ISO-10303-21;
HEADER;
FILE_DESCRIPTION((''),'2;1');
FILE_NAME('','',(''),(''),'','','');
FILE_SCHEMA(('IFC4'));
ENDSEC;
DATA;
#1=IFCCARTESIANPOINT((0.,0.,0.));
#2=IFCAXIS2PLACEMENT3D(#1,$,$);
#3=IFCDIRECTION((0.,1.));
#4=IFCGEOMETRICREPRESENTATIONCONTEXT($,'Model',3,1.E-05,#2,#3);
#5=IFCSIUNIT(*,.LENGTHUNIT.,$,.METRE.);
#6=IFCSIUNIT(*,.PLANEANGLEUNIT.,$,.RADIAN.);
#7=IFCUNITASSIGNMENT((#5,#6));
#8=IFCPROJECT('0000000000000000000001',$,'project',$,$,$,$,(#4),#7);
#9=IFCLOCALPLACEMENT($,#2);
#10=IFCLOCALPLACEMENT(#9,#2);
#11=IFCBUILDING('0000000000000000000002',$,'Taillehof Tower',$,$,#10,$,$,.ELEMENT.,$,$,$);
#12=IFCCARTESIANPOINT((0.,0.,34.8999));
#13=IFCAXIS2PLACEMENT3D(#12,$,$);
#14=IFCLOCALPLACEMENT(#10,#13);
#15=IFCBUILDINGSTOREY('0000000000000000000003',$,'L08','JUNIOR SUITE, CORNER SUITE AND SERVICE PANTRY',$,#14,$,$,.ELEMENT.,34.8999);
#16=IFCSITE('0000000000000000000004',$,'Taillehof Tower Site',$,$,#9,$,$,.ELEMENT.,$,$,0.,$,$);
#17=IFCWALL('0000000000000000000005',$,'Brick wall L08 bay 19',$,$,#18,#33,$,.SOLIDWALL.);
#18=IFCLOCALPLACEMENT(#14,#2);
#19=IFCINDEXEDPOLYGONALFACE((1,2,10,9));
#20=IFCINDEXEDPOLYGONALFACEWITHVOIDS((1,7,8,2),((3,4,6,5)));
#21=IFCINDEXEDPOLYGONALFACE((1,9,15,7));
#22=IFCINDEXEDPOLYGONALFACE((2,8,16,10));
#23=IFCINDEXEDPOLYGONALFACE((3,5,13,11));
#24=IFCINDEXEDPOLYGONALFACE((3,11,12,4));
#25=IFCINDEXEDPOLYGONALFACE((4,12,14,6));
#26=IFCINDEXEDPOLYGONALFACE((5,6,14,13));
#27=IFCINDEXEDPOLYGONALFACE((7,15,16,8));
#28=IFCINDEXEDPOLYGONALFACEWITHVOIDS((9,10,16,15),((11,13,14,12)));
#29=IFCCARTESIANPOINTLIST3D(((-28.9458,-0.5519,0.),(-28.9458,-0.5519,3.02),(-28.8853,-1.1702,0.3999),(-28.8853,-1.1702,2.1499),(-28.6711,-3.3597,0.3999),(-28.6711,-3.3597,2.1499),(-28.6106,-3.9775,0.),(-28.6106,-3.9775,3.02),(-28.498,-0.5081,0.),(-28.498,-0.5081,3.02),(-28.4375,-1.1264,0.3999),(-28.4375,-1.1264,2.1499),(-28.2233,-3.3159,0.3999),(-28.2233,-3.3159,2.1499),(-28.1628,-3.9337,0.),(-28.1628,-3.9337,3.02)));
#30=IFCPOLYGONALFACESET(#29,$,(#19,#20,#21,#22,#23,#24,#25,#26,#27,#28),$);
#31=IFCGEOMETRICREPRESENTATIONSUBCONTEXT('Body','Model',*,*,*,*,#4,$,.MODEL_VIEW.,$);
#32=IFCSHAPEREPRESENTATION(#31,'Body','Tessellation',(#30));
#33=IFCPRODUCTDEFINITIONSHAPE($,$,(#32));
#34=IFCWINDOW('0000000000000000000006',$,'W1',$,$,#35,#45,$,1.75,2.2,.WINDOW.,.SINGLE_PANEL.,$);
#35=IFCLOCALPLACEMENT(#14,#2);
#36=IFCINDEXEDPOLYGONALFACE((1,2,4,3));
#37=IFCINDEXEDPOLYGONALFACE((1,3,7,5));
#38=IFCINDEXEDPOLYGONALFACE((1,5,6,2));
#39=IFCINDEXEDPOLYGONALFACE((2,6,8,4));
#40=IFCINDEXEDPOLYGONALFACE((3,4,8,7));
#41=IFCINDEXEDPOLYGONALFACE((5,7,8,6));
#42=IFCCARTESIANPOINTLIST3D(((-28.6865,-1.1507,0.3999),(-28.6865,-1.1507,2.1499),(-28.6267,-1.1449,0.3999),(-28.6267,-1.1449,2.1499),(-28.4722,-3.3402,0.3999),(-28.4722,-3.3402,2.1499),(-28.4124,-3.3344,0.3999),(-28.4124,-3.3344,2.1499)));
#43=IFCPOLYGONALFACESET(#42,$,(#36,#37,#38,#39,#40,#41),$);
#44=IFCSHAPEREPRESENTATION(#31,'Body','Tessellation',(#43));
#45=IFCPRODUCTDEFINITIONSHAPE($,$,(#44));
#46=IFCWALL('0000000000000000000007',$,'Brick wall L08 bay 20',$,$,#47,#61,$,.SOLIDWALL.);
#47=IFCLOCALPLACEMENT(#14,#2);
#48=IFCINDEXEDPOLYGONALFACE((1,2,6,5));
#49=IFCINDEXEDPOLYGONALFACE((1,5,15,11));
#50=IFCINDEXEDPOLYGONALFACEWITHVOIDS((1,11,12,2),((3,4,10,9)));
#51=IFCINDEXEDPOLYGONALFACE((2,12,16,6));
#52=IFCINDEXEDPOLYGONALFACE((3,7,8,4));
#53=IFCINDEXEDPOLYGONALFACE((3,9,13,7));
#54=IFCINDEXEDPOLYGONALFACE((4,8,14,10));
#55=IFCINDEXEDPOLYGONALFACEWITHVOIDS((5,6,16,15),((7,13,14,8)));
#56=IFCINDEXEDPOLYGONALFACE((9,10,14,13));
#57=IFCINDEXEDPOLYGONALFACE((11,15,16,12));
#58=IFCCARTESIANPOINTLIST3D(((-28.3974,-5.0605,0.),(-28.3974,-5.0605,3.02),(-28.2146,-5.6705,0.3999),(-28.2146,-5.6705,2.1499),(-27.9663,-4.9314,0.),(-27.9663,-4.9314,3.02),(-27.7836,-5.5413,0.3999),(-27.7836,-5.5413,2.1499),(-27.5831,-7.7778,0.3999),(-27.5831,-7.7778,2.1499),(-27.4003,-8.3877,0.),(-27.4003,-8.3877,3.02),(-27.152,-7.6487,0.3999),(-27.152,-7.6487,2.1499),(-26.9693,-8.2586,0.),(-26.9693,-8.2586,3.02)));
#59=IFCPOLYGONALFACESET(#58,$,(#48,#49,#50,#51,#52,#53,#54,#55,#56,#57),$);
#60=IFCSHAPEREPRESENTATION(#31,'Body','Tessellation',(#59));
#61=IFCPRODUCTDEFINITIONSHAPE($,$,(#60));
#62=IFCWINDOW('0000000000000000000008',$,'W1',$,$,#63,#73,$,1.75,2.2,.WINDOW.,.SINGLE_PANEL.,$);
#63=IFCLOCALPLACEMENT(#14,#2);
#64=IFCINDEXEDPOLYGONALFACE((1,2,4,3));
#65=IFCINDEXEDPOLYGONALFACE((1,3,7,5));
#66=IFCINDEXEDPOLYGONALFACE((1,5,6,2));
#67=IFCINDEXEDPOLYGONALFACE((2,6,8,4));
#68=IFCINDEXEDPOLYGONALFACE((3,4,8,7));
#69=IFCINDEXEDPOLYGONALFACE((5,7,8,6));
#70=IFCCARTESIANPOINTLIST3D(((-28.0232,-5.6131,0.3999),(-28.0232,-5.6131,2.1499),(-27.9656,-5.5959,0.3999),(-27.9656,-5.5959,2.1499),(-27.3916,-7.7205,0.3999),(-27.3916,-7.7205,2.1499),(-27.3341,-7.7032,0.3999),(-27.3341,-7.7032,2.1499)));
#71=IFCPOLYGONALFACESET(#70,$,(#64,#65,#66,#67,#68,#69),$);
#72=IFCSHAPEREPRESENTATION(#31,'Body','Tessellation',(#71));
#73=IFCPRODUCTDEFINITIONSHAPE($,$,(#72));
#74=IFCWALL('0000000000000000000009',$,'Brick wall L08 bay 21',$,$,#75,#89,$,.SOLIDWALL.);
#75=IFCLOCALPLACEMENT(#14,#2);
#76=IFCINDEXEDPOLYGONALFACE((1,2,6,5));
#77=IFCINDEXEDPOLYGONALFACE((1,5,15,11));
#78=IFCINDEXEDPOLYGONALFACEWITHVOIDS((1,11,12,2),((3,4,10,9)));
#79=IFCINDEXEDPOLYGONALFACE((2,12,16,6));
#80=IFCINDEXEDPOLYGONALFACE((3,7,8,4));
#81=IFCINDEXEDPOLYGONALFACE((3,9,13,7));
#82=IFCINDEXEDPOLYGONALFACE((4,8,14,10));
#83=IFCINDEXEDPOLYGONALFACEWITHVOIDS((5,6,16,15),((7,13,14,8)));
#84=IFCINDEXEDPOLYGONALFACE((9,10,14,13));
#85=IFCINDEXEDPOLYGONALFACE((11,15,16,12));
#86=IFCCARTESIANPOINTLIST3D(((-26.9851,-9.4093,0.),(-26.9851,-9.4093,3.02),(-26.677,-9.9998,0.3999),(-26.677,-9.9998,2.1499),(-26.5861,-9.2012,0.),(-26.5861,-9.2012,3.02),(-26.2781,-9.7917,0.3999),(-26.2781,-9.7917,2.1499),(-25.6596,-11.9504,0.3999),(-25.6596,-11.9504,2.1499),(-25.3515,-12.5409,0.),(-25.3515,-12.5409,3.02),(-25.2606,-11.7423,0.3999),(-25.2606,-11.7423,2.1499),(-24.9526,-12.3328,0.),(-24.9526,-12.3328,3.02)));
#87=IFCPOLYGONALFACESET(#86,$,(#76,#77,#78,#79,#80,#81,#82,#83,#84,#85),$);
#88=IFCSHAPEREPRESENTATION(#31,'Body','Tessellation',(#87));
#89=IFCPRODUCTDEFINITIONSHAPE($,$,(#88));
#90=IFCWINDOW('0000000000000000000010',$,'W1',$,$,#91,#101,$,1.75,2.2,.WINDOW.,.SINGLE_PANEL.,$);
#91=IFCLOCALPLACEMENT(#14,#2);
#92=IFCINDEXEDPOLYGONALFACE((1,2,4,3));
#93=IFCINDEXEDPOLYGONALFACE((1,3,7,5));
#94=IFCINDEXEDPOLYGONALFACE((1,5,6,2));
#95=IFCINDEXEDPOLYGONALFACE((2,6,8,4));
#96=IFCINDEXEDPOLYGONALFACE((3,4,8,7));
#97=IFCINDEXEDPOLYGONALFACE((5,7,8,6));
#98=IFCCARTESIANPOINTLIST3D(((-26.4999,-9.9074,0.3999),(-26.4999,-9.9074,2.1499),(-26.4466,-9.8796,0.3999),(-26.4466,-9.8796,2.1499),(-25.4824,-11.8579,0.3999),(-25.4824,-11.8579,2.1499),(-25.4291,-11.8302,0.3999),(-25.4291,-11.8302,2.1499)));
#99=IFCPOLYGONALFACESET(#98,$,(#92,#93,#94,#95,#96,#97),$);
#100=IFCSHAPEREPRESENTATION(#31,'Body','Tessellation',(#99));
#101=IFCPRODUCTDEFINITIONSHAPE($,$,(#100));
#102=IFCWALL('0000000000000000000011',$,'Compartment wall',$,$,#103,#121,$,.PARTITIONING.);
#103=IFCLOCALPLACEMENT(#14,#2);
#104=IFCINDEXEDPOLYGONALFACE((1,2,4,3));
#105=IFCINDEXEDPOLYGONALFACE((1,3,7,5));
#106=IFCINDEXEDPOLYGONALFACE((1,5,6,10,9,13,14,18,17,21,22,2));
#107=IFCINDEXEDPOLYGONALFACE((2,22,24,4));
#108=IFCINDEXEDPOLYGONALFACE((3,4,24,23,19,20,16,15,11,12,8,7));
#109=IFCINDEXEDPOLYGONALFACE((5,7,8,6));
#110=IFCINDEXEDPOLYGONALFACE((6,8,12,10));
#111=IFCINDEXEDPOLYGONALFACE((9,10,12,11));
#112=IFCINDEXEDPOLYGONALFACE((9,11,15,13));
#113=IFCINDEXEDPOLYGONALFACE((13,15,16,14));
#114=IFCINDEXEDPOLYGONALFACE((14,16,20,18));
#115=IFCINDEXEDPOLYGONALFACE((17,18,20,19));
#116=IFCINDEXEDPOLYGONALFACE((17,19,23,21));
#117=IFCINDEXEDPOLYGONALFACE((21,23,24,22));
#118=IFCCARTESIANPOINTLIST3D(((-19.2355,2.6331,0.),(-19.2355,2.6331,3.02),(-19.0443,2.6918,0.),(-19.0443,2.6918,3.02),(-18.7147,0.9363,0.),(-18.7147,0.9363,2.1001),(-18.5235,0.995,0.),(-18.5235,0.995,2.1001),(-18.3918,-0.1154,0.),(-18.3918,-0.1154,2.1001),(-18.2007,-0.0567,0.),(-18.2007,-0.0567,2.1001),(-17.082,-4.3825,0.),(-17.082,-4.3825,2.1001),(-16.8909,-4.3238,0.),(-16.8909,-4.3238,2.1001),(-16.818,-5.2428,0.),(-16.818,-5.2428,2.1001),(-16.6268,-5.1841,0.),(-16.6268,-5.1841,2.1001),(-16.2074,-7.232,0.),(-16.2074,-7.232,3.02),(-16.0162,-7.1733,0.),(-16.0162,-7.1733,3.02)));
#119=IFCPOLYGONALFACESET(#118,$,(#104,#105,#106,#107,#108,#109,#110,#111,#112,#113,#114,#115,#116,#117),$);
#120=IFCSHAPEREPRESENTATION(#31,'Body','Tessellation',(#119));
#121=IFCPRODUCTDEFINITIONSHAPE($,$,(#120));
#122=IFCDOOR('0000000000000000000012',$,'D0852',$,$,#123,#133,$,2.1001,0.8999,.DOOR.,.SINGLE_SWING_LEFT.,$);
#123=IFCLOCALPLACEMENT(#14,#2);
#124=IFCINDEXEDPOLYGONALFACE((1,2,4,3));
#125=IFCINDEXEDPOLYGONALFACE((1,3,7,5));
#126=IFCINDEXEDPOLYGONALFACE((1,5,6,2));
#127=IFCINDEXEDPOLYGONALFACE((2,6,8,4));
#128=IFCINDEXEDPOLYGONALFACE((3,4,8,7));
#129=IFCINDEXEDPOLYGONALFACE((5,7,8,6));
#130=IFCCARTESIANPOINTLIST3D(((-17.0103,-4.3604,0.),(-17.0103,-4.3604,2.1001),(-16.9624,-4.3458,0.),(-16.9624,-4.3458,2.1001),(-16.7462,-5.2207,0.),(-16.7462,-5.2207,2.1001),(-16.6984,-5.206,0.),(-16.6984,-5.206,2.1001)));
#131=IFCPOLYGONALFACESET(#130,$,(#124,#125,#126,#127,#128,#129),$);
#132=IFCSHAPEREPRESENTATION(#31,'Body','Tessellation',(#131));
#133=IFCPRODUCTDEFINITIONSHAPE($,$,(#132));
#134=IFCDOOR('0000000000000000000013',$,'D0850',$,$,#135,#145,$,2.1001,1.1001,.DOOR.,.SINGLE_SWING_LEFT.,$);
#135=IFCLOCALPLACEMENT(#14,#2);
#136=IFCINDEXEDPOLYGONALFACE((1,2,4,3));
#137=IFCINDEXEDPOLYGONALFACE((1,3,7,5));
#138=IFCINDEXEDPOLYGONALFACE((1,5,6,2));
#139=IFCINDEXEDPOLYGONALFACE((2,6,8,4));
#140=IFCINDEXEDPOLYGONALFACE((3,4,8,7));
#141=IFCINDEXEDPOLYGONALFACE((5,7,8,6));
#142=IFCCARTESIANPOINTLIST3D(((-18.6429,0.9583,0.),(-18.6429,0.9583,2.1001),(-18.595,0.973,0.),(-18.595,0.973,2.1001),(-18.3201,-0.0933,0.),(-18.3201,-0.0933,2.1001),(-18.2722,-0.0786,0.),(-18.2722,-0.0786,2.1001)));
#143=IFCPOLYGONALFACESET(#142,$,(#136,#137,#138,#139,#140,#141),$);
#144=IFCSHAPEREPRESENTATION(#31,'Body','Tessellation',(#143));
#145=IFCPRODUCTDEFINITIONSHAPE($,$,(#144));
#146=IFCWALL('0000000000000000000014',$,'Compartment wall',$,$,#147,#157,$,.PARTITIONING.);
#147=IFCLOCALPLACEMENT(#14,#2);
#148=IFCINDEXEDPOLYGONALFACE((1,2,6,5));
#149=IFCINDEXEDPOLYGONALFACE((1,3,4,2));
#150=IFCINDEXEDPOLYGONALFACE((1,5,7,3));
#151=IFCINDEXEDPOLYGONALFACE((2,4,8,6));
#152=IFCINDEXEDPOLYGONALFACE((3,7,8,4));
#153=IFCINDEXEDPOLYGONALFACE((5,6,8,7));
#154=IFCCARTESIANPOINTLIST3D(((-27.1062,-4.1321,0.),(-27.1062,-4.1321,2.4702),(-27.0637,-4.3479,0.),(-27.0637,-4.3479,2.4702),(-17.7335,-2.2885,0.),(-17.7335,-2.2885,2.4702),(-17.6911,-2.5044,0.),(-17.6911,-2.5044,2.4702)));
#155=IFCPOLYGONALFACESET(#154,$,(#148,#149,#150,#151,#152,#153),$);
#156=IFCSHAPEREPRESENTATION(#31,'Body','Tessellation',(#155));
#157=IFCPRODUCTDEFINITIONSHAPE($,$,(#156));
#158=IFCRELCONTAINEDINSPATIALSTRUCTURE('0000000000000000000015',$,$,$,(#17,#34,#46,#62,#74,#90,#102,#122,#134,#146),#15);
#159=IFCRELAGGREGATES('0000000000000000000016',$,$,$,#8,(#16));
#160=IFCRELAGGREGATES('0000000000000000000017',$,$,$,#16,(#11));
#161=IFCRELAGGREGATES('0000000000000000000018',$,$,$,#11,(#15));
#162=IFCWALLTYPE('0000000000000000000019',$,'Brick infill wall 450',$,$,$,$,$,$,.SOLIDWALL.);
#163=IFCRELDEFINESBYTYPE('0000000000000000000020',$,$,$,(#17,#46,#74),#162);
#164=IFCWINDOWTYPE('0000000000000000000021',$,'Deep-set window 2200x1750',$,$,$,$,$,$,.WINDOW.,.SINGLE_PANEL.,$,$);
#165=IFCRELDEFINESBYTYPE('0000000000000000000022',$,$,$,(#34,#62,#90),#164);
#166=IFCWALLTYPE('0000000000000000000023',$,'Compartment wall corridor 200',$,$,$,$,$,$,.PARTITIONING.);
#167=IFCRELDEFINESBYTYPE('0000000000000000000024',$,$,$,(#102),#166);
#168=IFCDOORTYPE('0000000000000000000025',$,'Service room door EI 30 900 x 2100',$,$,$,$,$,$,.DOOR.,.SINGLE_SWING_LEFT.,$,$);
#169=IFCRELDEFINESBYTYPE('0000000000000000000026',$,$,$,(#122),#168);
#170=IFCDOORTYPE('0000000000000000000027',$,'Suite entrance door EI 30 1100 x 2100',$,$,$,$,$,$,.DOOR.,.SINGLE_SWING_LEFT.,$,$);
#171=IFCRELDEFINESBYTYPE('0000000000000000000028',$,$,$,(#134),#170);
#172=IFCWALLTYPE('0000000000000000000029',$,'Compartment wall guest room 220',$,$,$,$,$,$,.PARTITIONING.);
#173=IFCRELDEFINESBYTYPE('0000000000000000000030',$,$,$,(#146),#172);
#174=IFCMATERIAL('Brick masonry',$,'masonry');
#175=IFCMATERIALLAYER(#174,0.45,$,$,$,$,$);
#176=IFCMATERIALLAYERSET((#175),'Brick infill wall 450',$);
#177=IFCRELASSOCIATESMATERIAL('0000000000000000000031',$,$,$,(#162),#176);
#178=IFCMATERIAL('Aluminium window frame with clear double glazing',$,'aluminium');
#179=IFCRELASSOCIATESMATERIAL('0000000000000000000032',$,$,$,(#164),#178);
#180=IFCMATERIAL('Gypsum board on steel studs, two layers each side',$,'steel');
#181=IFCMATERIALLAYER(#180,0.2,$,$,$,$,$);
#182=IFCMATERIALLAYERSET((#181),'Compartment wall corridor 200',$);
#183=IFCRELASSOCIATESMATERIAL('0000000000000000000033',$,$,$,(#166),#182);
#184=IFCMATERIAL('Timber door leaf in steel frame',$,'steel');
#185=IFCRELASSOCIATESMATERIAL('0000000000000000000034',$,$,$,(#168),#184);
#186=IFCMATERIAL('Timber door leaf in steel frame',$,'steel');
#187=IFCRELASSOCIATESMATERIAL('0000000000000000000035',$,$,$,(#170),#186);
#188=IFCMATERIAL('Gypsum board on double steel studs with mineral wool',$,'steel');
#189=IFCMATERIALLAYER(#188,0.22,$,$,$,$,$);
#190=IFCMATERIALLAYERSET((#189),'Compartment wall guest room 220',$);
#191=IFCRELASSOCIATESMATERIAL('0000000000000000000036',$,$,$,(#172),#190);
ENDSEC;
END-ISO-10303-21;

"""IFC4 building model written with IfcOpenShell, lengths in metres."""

from ifc_helpers import new_model, si_unit, direction, frame, frame_2d, origin, place, context, subcontext, project, spatial, rectangle, extrude, material, layer, layer_set, type_object, element, fill, save


model = new_model("IFC4")

# Units and contexts
model_context = context("Model", 3, precision=1e-05, world=origin(), true_north=direction((0.0, 1.0)))
body_context = subcontext(model_context, "Body", "Model", "MODEL_VIEW")
ifc_project = project(units=[si_unit("LENGTHUNIT", "METRE"), si_unit("PLANEANGLEUNIT", "RADIAN")], contexts=[model_context])

# Site, building, storey
site_placement = place(None, origin())
site = spatial("IfcSite", under=ifc_project, at=site_placement, Name="Taillehof Tower Site", CompositionType="ELEMENT", RefElevation=0.0)
building_placement = place(site_placement, origin())
building = spatial("IfcBuilding", under=site, at=building_placement, Name="Taillehof Tower", CompositionType="ELEMENT")
storey_placement = place(building_placement, frame((0.0, 0.0, 34.8999)))
storey = spatial("IfcBuildingStorey", under=building, at=storey_placement, Name="L08", Description="JUNIOR SUITE, CORNER SUITE AND SERVICE PANTRY", CompositionType="ELEMENT", Elevation=34.8999)

# Walls, openings, windows
ifc_material_1 = material(Name="Brick masonry", Category="masonry")
ifc_layer_1 = layer(ifc_material_1, 0.45)
ifc_layer_set_1 = layer_set([ifc_layer_1], Name="Brick infill wall 450")
wall_type_1 = type_object("IfcWallType", Name="Brick infill wall 450", PredefinedType="SOLIDWALL", material=ifc_layer_set_1)
wall_1_placement = place(storey_placement, frame((-28.7219, -0.53, 0.0), z_axis=(0.0, 0.0, 1.0), x_axis=(0.09739, -0.995246, 0.0)))
wall_1 = element("IfcWall", 1, at=wall_1_placement, inside=storey, type_object=wall_type_1, Name="Brick wall L08 bay 19", PredefinedType="SOLIDWALL", context=body_context, shape_type="SweptSolid", body=[
    extrude(rectangle(XDim=3.4419, YDim=0.45, at=frame_2d((1.7209, 0.0))), origin(), (0.0, 0.0, 1.0), 3.02),
])
opening_1_placement = place(wall_1_placement, frame((0.6211, 0.0, 0.3999)))
opening_1 = element("IfcOpeningElement", 2, at=opening_1_placement, cuts=wall_1, PredefinedType="OPENING", context=body_context, shape_type="SweptSolid", body=[
    extrude(rectangle(XDim=2.2, YDim=1.75, at=frame_2d((1.1001, 0.875))), frame((0.0, 0.2349, 0.0), z_axis=(0.0, -1.0, 0.0), x_axis=(1.0, 0.0, 0.0)), (0.0, 0.0, 1.0), 0.47),
])
ifc_material_2 = material(Name="Aluminium window frame with clear double glazing", Category="aluminium")
window_type = type_object("IfcWindowType", Name="Deep-set window 2200x1750", PartitioningType="SINGLE_PANEL", PredefinedType="WINDOW", material=ifc_material_2)
window_1_placement = place(opening_1_placement, origin())
window_1 = element("IfcWindow", 3, at=window_1_placement, inside=storey, type_object=window_type, Name="W1", OverallHeight=1.75, OverallWidth=2.2, PartitioningType="SINGLE_PANEL", PredefinedType="WINDOW", context=body_context, shape_type="SweptSolid", body=[
    extrude(rectangle(XDim=2.2, YDim=1.75, at=frame_2d((1.1001, 0.875))), frame((0.0, 0.0349, 0.0), z_axis=(0.0, -1.0, 0.0), x_axis=(1.0, 0.0, 0.0)), (0.0, 0.0, 1.0), 0.0601),
])
fill(opening_1, window_1)
wall_2_placement = place(storey_placement, frame((-28.1819, -4.9958, 0.0), z_axis=(0.0, 0.0, 1.0), x_axis=(0.287064, -0.957911, 0.0)))
wall_2 = element("IfcWall", 4, at=wall_2_placement, inside=storey, type_object=wall_type_1, Name="Brick wall L08 bay 20", PredefinedType="SOLIDWALL", context=body_context, shape_type="SweptSolid", body=[
    extrude(rectangle(XDim=3.4734, YDim=0.45, at=frame_2d((1.7368, 0.0))), origin(), (0.0, 0.0, 1.0), 3.02),
])
opening_2_placement = place(wall_2_placement, frame((0.6367, 0.0, 0.3999)))
opening_2 = element("IfcOpeningElement", 5, at=opening_2_placement, cuts=wall_2, PredefinedType="OPENING", context=body_context, shape_type="SweptSolid", body=[
    extrude(rectangle(XDim=2.2, YDim=1.75, at=frame_2d((1.1001, 0.875))), frame((0.0, 0.2349, 0.0), z_axis=(0.0, -1.0, 0.0), x_axis=(1.0, 0.0, 0.0)), (0.0, 0.0, 1.0), 0.47),
])
window_2_placement = place(opening_2_placement, origin())
window_2 = element("IfcWindow", 6, at=window_2_placement, inside=storey, type_object=window_type, Name="W1", OverallHeight=1.75, OverallWidth=2.2, PartitioningType="SINGLE_PANEL", PredefinedType="WINDOW", context=body_context, shape_type="SweptSolid", body=[
    extrude(rectangle(XDim=2.2, YDim=1.75, at=frame_2d((1.1001, 0.875))), frame((0.0, 0.0349, 0.0), z_axis=(0.0, -1.0, 0.0), x_axis=(1.0, 0.0, 0.0)), (0.0, 0.0, 1.0), 0.0601),
])
fill(opening_2, window_2)
wall_3_placement = place(storey_placement, frame((-26.7856, -9.3052, 0.0), z_axis=(0.0, 0.0, 1.0), x_axis=(0.462493, -0.886623, 0.0)))
wall_3 = element("IfcWall", 7, at=wall_3_placement, inside=storey, type_object=wall_type_1, Name="Brick wall L08 bay 21", PredefinedType="SOLIDWALL", context=body_context, shape_type="SweptSolid", body=[
    extrude(rectangle(XDim=3.532, YDim=0.45, at=frame_2d((1.7661, 0.0))), origin(), (0.0, 0.0, 1.0), 3.02),
])
opening_3_placement = place(wall_3_placement, frame((0.666, 0.0, 0.3999)))
opening_3 = element("IfcOpeningElement", 8, at=opening_3_placement, cuts=wall_3, PredefinedType="OPENING", context=body_context, shape_type="SweptSolid", body=[
    extrude(rectangle(XDim=2.2, YDim=1.75, at=frame_2d((1.1001, 0.875))), frame((0.0, 0.2349, 0.0), z_axis=(0.0, -1.0, 0.0), x_axis=(1.0, 0.0, 0.0)), (0.0, 0.0, 1.0), 0.47),
])
window_3_placement = place(opening_3_placement, origin())
window_3 = element("IfcWindow", 9, at=window_3_placement, inside=storey, type_object=window_type, Name="W1", OverallHeight=1.75, OverallWidth=2.2, PartitioningType="SINGLE_PANEL", PredefinedType="WINDOW", context=body_context, shape_type="SweptSolid", body=[
    extrude(rectangle(XDim=2.2, YDim=1.75, at=frame_2d((1.1001, 0.875))), frame((0.0, 0.0349, 0.0), z_axis=(0.0, -1.0, 0.0), x_axis=(1.0, 0.0, 0.0)), (0.0, 0.0, 1.0), 0.0601),
])
fill(opening_3, window_3)

# Wall, openings, doors
ifc_material_3 = material(Name="Gypsum board on steel studs, two layers each side", Category="steel")
ifc_layer_2 = layer(ifc_material_3, 0.2)
ifc_layer_set_2 = layer_set([ifc_layer_2], Name="Compartment wall corridor 200")
wall_type_2 = type_object("IfcWallType", Name="Compartment wall corridor 200", PredefinedType="PARTITIONING", material=ifc_layer_set_2)
wall_4_placement = place(storey_placement, frame((-16.1118, -7.2026, 0.0), z_axis=(0.0, 0.0, 1.0), x_axis=(-0.293439, 0.955978, 0.0)))
wall_4 = element("IfcWall", 10, at=wall_4_placement, inside=storey, type_object=wall_type_2, Name="Compartment wall", PredefinedType="PARTITIONING", context=body_context, shape_type="SweptSolid", body=[
    extrude(rectangle(XDim=10.3193, YDim=0.2, at=frame_2d((5.1597, 0.0))), origin(), (0.0, 0.0, 1.0), 3.02),
])
opening_4_placement = place(wall_4_placement, frame((7.4443, 0.0, 0.0)))
opening_4 = element("IfcOpeningElement", 11, at=opening_4_placement, cuts=wall_4, PredefinedType="OPENING", context=body_context, shape_type="SweptSolid", body=[
    extrude(rectangle(XDim=1.1001, YDim=2.1001, at=frame_2d((0.55, 1.05))), frame((0.0, 0.1099, 0.0), z_axis=(0.0, -1.0, 0.0), x_axis=(1.0, 0.0, 0.0)), (0.0, 0.0, 1.0), 0.22),
])
opening_5_placement = place(wall_4_placement, frame((2.0808, 0.0, 0.0)))
opening_5 = element("IfcOpeningElement", 12, at=opening_5_placement, cuts=wall_4, PredefinedType="OPENING", context=body_context, shape_type="SweptSolid", body=[
    extrude(rectangle(XDim=0.8999, YDim=2.1001, at=frame_2d((0.45, 1.05))), frame((0.0, 0.1099, 0.0), z_axis=(0.0, -1.0, 0.0), x_axis=(1.0, 0.0, 0.0)), (0.0, 0.0, 1.0), 0.22),
])
ifc_material_4 = material(Name="Timber door leaf in steel frame", Category="steel")
door_type_1 = type_object("IfcDoorType", Name="Service room door EI 30 900 x 2100", OperationType="SINGLE_SWING_LEFT", PredefinedType="DOOR", material=ifc_material_4)
door_1_placement = place(opening_5_placement, origin())
door_1 = element("IfcDoor", 13, at=door_1_placement, inside=storey, type_object=door_type_1, Name="D0852", OperationType="SINGLE_SWING_LEFT", OverallHeight=2.1001, OverallWidth=0.8999, PredefinedType="DOOR", context=body_context, shape_type="SweptSolid", body=[
    extrude(rectangle(XDim=0.8999, YDim=2.1001, at=frame_2d((0.45, 1.05))), frame((0.0, 0.0249, 0.0), z_axis=(0.0, -1.0, 0.0), x_axis=(1.0, 0.0, 0.0)), (0.0, 0.0, 1.0), 0.05),
])
fill(opening_5, door_1)
ifc_material_5 = material(Name="Timber door leaf in steel frame", Category="steel")
door_type_2 = type_object("IfcDoorType", Name="Suite entrance door EI 30 1100 x 2100", OperationType="SINGLE_SWING_LEFT", PredefinedType="DOOR", material=ifc_material_5)
door_2_placement = place(opening_4_placement, origin())
door_2 = element("IfcDoor", 14, at=door_2_placement, inside=storey, type_object=door_type_2, Name="D0850", OperationType="SINGLE_SWING_LEFT", OverallHeight=2.1001, OverallWidth=1.1001, PredefinedType="DOOR", context=body_context, shape_type="SweptSolid", body=[
    extrude(rectangle(XDim=1.1001, YDim=2.1001, at=frame_2d((0.55, 1.05))), frame((0.0, 0.0249, 0.0), z_axis=(0.0, -1.0, 0.0), x_axis=(1.0, 0.0, 0.0)), (0.0, 0.0, 1.0), 0.05),
])
fill(opening_4, door_2)

# Wall
ifc_material_6 = material(Name="Gypsum board on double steel studs with mineral wool", Category="steel")
ifc_layer_3 = layer(ifc_material_6, 0.22)
ifc_layer_set_3 = layer_set([ifc_layer_3], Name="Compartment wall guest room 220")
wall_type_3 = type_object("IfcWallType", Name="Compartment wall guest room 220", PredefinedType="PARTITIONING", material=ifc_layer_set_3)
wall_5_placement = place(storey_placement, frame((-27.085, -4.24, 0.0), z_axis=(0.0, 0.0, 1.0), x_axis=(0.9812, 0.192994, 0.0)))
element("IfcWall", 15, at=wall_5_placement, inside=storey, type_object=wall_type_3, Name="Compartment wall", PredefinedType="PARTITIONING", context=body_context, shape_type="SweptSolid", body=[
    extrude(rectangle(XDim=9.5522, YDim=0.22, at=frame_2d((4.7761, 0.0))), origin(), (0.0, 0.0, 1.0), 2.4702),
])

save(model, "model.ifc")
